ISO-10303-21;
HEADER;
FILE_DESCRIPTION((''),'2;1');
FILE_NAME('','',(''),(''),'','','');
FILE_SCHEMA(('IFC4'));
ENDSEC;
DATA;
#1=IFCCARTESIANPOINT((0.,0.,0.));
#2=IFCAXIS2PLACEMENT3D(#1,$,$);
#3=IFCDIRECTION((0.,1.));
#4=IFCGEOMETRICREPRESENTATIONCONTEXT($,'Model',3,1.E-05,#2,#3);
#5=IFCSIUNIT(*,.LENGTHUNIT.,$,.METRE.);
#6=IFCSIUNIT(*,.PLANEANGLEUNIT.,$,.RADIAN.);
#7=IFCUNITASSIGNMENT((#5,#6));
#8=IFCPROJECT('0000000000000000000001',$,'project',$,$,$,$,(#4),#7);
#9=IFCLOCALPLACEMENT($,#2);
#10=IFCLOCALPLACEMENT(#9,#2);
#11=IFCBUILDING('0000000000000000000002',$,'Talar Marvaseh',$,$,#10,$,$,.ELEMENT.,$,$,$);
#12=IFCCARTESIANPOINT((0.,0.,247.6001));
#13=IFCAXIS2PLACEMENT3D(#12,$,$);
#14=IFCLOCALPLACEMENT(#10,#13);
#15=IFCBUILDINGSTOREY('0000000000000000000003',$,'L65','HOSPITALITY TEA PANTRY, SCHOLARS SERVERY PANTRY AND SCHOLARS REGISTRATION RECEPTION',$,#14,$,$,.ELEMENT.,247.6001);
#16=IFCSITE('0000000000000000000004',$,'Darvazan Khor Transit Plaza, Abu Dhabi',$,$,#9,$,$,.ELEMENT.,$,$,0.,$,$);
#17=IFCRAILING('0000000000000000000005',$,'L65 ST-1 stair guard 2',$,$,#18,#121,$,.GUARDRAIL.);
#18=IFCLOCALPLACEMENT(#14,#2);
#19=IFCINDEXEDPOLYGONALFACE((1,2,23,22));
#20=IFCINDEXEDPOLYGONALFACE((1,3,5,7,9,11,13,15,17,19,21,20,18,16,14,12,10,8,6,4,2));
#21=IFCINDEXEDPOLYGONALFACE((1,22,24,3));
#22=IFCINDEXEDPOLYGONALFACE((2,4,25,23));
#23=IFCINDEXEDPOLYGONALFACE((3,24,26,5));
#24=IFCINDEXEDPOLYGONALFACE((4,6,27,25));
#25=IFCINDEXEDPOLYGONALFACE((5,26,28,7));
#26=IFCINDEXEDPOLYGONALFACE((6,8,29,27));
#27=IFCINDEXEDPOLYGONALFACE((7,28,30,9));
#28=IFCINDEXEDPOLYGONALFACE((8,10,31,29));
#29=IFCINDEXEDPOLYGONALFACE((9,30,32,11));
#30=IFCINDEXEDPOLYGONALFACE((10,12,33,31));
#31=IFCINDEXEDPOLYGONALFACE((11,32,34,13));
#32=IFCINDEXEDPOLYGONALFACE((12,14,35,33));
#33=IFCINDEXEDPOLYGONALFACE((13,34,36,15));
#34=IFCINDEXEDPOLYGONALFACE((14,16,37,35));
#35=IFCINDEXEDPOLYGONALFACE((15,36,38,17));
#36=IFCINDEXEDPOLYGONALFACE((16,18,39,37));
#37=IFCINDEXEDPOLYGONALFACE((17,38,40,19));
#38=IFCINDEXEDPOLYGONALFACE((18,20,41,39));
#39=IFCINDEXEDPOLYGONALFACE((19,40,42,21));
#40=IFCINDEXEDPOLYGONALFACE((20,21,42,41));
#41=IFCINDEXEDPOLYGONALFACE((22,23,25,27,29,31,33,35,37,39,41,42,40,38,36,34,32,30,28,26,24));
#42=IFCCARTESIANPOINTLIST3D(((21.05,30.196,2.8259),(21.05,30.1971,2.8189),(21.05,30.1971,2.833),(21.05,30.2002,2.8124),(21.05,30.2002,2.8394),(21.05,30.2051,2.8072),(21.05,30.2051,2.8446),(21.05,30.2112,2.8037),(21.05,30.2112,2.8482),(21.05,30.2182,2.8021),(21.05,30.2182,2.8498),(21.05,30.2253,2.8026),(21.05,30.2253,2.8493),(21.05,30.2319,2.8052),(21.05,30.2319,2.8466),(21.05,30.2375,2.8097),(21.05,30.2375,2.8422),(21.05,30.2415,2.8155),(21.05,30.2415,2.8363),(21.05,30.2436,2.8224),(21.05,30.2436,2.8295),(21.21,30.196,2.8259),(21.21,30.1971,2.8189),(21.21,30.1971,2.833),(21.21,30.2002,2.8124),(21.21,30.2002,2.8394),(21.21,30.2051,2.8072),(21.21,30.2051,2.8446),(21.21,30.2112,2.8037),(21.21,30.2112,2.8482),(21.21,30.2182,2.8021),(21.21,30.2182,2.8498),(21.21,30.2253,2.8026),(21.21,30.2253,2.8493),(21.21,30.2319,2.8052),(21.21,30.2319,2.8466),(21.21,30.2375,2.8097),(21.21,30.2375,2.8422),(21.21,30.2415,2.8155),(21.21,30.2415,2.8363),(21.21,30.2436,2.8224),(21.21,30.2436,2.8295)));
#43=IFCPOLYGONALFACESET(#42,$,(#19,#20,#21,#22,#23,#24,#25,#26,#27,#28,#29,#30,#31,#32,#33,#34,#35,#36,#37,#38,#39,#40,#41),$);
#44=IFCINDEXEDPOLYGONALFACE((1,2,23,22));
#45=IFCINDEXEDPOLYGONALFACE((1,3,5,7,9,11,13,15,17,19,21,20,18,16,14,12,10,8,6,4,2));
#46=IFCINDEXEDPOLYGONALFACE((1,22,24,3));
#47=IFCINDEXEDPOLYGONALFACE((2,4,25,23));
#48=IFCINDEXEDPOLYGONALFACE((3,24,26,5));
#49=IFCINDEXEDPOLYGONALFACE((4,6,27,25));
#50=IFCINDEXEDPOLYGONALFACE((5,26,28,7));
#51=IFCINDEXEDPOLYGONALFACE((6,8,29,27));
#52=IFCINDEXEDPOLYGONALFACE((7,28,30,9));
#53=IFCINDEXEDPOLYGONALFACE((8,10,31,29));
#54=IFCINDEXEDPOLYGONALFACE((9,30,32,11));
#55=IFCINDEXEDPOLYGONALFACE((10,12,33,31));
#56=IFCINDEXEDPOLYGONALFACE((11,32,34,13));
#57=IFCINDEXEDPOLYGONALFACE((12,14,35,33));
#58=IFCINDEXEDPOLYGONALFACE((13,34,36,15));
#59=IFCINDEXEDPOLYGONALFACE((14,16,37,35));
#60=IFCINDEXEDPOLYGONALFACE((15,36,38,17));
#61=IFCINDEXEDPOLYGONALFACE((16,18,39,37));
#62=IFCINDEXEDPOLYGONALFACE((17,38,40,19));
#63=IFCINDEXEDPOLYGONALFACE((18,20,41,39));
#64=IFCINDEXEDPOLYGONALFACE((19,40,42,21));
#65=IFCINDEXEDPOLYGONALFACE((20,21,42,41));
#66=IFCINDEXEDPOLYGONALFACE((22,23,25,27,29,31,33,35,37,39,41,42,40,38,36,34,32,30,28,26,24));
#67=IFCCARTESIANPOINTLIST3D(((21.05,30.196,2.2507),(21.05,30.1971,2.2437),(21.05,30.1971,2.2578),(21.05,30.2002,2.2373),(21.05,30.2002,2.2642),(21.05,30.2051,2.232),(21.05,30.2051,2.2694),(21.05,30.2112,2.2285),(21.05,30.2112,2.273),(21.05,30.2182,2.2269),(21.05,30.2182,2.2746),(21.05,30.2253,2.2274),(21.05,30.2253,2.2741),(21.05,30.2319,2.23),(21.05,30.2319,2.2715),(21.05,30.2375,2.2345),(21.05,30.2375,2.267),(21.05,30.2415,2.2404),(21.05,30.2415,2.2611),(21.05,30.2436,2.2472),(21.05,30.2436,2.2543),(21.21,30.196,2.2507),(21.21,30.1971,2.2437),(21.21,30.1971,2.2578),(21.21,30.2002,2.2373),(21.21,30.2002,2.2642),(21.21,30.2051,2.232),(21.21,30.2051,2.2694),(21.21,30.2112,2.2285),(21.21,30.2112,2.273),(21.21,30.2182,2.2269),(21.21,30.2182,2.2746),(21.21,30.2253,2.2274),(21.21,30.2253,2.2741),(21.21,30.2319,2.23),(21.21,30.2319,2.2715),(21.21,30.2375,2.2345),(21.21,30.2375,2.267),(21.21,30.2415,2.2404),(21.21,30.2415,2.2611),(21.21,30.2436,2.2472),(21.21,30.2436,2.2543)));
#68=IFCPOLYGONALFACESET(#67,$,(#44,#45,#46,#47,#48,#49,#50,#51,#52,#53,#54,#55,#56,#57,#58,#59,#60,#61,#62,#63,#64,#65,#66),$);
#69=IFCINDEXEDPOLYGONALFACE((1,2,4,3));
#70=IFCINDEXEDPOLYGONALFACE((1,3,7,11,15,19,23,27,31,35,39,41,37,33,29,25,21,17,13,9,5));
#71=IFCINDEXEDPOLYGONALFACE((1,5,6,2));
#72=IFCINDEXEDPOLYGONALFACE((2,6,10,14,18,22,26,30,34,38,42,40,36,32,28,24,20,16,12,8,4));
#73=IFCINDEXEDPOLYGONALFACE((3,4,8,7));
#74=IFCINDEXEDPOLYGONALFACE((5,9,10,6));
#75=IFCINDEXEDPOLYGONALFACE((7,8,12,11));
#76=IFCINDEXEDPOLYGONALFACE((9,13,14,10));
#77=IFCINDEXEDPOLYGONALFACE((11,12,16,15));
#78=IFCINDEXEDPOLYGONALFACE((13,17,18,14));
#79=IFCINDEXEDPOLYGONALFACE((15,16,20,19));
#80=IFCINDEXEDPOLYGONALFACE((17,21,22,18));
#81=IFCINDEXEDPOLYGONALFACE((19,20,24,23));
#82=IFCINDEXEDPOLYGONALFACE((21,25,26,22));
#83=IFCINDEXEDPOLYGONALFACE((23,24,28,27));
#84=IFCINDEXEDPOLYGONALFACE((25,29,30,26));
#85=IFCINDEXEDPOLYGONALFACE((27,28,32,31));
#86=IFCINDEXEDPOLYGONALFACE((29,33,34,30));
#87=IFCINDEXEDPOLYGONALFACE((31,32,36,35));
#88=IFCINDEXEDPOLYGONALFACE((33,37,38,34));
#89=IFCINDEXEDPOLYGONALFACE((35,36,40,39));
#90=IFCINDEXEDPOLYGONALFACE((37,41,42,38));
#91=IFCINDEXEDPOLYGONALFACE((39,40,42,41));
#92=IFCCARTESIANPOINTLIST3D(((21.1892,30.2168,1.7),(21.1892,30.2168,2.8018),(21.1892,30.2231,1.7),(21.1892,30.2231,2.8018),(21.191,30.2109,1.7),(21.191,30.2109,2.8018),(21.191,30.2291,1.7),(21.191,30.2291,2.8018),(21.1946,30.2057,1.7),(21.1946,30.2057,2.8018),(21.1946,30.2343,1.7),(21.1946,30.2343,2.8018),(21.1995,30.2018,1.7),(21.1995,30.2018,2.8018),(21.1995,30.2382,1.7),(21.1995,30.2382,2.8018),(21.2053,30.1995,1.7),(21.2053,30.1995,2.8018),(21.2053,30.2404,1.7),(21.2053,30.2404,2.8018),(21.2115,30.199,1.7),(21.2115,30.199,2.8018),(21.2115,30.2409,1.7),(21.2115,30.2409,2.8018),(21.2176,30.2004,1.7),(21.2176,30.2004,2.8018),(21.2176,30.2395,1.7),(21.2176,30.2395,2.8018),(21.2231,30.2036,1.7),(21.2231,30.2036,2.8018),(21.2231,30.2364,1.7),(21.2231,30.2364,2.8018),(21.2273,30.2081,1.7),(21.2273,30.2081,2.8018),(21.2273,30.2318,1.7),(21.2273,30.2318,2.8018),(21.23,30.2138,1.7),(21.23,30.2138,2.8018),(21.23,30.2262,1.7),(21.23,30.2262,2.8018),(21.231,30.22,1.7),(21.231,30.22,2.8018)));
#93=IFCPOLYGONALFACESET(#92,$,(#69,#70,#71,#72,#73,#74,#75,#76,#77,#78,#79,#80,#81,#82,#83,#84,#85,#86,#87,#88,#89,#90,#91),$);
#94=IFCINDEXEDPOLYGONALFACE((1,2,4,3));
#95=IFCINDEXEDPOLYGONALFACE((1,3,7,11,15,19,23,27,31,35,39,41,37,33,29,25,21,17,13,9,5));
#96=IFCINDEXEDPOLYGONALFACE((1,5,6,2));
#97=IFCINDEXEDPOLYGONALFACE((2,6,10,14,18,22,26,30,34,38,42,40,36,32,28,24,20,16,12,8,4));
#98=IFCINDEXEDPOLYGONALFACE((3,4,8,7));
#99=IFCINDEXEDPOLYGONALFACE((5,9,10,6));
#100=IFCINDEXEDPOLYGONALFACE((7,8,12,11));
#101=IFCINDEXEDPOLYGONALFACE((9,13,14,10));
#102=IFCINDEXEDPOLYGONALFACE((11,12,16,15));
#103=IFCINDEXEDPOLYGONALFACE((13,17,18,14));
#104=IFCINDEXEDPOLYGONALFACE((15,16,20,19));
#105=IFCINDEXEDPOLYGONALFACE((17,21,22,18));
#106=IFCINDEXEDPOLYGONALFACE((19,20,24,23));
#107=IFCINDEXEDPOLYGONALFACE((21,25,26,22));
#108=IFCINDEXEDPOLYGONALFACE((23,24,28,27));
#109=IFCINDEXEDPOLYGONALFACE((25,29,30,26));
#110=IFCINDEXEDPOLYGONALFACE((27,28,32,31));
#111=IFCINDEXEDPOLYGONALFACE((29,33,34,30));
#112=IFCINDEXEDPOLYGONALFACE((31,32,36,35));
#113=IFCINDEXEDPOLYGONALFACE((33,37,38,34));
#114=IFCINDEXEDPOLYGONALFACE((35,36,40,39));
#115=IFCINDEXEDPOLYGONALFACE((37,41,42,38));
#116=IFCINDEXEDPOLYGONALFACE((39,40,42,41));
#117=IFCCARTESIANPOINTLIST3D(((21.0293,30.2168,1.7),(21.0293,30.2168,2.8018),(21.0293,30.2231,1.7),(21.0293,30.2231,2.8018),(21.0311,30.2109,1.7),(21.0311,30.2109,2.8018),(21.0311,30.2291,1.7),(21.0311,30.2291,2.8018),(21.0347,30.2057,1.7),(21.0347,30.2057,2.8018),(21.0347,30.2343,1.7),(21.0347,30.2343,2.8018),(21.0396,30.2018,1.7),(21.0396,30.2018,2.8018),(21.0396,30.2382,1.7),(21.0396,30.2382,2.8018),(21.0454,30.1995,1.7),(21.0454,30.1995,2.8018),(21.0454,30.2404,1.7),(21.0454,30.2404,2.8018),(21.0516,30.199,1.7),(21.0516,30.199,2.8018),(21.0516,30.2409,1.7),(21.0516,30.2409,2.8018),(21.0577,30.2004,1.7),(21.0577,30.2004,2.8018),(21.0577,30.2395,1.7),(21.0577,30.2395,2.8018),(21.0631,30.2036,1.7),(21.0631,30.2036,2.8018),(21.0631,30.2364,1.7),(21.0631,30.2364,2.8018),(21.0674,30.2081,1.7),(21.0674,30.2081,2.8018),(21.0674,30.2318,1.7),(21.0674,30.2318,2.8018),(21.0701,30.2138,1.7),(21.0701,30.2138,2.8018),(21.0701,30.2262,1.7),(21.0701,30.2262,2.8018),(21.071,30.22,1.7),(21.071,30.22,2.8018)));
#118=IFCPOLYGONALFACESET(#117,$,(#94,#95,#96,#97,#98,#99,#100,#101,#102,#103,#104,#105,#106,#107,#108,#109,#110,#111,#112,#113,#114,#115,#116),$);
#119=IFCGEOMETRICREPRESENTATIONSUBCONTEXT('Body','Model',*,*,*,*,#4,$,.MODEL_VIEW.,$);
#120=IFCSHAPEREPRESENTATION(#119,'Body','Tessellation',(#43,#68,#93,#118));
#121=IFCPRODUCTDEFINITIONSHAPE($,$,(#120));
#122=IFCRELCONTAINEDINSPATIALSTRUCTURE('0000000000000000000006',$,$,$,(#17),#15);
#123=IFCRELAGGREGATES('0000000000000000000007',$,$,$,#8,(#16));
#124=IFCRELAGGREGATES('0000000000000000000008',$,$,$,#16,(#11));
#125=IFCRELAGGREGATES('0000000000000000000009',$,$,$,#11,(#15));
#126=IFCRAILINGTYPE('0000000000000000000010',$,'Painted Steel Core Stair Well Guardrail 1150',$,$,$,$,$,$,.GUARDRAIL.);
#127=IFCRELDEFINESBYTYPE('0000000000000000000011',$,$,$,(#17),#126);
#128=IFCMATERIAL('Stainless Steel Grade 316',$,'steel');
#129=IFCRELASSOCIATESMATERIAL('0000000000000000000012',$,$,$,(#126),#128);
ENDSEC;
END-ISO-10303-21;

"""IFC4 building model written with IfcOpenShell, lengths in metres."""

from ifc_helpers import new_model, si_unit, direction, frame, origin, origin_2d, place, context, subcontext, project, spatial, circle, extrude, material, type_object, element, save


model = new_model("IFC4")

# Units and contexts
model_context = context("Model", 3, precision=1e-05, world=origin(), true_north=direction((0.0, 1.0)))
body_context = subcontext(model_context, "Body", "Model", "MODEL_VIEW")
ifc_project = project(units=[si_unit("LENGTHUNIT", "METRE"), si_unit("PLANEANGLEUNIT", "RADIAN")], contexts=[model_context])

# Site, building, storey
site_placement = place(None, origin())
site = spatial("IfcSite", under=ifc_project, at=site_placement, Name="Darvazan Khor Transit Plaza, Abu Dhabi", CompositionType="ELEMENT", RefElevation=0.0)
building_placement = place(site_placement, origin())
building = spatial("IfcBuilding", under=site, at=building_placement, Name="Talar Marvaseh", CompositionType="ELEMENT")
storey_placement = place(building_placement, frame((0.0, 0.0, 247.6001)))
storey = spatial("IfcBuildingStorey", under=building, at=storey_placement, Name="L65", Description="HOSPITALITY TEA PANTRY, SCHOLARS SERVERY PANTRY AND SCHOLARS REGISTRATION RECEPTION", CompositionType="ELEMENT", Elevation=247.6001)

# Railing
ifc_material_1 = material(Name="Stainless Steel Grade 316", Category="steel")
railing_type_1 = type_object("IfcRailingType", Name="Painted Steel Core Stair Well Guardrail 1150", PredefinedType="GUARDRAIL", material=ifc_material_1)
railing_1_placement = place(storey_placement, frame((21.21, 30.22, 1.7)))
element("IfcRailing", 1, at=railing_1_placement, inside=storey, type_object=railing_type_1, Name="L65 ST-1 stair guard 2", PredefinedType="GUARDRAIL", context=body_context, shape_type="SweptSolid", body=[
    extrude(circle(Radius=0.0239, at=origin_2d()), frame((0.0, 0.0, 1.126), z_axis=(-1.0, 0.0, 0.0), x_axis=(0.0, -1.0, 0.0)), (0.0, 0.0, 1.0), 0.1599),
    extrude(circle(Radius=0.0239, at=origin_2d()), frame((0.0, 0.0, 0.5508), z_axis=(-1.0, 0.0, 0.0), x_axis=(0.0, -1.0, 0.0)), (0.0, 0.0, 1.0), 0.1599),
    extrude(circle(Radius=0.021, at=origin_2d()), origin(), (0.0, 0.0, 1.0), 1.1018),
    extrude(circle(Radius=0.021, at=origin_2d()), frame((-0.1599, 0.0, 0.0)), (0.0, 0.0, 1.0), 1.1018),
])

save(model, "model.ifc")
